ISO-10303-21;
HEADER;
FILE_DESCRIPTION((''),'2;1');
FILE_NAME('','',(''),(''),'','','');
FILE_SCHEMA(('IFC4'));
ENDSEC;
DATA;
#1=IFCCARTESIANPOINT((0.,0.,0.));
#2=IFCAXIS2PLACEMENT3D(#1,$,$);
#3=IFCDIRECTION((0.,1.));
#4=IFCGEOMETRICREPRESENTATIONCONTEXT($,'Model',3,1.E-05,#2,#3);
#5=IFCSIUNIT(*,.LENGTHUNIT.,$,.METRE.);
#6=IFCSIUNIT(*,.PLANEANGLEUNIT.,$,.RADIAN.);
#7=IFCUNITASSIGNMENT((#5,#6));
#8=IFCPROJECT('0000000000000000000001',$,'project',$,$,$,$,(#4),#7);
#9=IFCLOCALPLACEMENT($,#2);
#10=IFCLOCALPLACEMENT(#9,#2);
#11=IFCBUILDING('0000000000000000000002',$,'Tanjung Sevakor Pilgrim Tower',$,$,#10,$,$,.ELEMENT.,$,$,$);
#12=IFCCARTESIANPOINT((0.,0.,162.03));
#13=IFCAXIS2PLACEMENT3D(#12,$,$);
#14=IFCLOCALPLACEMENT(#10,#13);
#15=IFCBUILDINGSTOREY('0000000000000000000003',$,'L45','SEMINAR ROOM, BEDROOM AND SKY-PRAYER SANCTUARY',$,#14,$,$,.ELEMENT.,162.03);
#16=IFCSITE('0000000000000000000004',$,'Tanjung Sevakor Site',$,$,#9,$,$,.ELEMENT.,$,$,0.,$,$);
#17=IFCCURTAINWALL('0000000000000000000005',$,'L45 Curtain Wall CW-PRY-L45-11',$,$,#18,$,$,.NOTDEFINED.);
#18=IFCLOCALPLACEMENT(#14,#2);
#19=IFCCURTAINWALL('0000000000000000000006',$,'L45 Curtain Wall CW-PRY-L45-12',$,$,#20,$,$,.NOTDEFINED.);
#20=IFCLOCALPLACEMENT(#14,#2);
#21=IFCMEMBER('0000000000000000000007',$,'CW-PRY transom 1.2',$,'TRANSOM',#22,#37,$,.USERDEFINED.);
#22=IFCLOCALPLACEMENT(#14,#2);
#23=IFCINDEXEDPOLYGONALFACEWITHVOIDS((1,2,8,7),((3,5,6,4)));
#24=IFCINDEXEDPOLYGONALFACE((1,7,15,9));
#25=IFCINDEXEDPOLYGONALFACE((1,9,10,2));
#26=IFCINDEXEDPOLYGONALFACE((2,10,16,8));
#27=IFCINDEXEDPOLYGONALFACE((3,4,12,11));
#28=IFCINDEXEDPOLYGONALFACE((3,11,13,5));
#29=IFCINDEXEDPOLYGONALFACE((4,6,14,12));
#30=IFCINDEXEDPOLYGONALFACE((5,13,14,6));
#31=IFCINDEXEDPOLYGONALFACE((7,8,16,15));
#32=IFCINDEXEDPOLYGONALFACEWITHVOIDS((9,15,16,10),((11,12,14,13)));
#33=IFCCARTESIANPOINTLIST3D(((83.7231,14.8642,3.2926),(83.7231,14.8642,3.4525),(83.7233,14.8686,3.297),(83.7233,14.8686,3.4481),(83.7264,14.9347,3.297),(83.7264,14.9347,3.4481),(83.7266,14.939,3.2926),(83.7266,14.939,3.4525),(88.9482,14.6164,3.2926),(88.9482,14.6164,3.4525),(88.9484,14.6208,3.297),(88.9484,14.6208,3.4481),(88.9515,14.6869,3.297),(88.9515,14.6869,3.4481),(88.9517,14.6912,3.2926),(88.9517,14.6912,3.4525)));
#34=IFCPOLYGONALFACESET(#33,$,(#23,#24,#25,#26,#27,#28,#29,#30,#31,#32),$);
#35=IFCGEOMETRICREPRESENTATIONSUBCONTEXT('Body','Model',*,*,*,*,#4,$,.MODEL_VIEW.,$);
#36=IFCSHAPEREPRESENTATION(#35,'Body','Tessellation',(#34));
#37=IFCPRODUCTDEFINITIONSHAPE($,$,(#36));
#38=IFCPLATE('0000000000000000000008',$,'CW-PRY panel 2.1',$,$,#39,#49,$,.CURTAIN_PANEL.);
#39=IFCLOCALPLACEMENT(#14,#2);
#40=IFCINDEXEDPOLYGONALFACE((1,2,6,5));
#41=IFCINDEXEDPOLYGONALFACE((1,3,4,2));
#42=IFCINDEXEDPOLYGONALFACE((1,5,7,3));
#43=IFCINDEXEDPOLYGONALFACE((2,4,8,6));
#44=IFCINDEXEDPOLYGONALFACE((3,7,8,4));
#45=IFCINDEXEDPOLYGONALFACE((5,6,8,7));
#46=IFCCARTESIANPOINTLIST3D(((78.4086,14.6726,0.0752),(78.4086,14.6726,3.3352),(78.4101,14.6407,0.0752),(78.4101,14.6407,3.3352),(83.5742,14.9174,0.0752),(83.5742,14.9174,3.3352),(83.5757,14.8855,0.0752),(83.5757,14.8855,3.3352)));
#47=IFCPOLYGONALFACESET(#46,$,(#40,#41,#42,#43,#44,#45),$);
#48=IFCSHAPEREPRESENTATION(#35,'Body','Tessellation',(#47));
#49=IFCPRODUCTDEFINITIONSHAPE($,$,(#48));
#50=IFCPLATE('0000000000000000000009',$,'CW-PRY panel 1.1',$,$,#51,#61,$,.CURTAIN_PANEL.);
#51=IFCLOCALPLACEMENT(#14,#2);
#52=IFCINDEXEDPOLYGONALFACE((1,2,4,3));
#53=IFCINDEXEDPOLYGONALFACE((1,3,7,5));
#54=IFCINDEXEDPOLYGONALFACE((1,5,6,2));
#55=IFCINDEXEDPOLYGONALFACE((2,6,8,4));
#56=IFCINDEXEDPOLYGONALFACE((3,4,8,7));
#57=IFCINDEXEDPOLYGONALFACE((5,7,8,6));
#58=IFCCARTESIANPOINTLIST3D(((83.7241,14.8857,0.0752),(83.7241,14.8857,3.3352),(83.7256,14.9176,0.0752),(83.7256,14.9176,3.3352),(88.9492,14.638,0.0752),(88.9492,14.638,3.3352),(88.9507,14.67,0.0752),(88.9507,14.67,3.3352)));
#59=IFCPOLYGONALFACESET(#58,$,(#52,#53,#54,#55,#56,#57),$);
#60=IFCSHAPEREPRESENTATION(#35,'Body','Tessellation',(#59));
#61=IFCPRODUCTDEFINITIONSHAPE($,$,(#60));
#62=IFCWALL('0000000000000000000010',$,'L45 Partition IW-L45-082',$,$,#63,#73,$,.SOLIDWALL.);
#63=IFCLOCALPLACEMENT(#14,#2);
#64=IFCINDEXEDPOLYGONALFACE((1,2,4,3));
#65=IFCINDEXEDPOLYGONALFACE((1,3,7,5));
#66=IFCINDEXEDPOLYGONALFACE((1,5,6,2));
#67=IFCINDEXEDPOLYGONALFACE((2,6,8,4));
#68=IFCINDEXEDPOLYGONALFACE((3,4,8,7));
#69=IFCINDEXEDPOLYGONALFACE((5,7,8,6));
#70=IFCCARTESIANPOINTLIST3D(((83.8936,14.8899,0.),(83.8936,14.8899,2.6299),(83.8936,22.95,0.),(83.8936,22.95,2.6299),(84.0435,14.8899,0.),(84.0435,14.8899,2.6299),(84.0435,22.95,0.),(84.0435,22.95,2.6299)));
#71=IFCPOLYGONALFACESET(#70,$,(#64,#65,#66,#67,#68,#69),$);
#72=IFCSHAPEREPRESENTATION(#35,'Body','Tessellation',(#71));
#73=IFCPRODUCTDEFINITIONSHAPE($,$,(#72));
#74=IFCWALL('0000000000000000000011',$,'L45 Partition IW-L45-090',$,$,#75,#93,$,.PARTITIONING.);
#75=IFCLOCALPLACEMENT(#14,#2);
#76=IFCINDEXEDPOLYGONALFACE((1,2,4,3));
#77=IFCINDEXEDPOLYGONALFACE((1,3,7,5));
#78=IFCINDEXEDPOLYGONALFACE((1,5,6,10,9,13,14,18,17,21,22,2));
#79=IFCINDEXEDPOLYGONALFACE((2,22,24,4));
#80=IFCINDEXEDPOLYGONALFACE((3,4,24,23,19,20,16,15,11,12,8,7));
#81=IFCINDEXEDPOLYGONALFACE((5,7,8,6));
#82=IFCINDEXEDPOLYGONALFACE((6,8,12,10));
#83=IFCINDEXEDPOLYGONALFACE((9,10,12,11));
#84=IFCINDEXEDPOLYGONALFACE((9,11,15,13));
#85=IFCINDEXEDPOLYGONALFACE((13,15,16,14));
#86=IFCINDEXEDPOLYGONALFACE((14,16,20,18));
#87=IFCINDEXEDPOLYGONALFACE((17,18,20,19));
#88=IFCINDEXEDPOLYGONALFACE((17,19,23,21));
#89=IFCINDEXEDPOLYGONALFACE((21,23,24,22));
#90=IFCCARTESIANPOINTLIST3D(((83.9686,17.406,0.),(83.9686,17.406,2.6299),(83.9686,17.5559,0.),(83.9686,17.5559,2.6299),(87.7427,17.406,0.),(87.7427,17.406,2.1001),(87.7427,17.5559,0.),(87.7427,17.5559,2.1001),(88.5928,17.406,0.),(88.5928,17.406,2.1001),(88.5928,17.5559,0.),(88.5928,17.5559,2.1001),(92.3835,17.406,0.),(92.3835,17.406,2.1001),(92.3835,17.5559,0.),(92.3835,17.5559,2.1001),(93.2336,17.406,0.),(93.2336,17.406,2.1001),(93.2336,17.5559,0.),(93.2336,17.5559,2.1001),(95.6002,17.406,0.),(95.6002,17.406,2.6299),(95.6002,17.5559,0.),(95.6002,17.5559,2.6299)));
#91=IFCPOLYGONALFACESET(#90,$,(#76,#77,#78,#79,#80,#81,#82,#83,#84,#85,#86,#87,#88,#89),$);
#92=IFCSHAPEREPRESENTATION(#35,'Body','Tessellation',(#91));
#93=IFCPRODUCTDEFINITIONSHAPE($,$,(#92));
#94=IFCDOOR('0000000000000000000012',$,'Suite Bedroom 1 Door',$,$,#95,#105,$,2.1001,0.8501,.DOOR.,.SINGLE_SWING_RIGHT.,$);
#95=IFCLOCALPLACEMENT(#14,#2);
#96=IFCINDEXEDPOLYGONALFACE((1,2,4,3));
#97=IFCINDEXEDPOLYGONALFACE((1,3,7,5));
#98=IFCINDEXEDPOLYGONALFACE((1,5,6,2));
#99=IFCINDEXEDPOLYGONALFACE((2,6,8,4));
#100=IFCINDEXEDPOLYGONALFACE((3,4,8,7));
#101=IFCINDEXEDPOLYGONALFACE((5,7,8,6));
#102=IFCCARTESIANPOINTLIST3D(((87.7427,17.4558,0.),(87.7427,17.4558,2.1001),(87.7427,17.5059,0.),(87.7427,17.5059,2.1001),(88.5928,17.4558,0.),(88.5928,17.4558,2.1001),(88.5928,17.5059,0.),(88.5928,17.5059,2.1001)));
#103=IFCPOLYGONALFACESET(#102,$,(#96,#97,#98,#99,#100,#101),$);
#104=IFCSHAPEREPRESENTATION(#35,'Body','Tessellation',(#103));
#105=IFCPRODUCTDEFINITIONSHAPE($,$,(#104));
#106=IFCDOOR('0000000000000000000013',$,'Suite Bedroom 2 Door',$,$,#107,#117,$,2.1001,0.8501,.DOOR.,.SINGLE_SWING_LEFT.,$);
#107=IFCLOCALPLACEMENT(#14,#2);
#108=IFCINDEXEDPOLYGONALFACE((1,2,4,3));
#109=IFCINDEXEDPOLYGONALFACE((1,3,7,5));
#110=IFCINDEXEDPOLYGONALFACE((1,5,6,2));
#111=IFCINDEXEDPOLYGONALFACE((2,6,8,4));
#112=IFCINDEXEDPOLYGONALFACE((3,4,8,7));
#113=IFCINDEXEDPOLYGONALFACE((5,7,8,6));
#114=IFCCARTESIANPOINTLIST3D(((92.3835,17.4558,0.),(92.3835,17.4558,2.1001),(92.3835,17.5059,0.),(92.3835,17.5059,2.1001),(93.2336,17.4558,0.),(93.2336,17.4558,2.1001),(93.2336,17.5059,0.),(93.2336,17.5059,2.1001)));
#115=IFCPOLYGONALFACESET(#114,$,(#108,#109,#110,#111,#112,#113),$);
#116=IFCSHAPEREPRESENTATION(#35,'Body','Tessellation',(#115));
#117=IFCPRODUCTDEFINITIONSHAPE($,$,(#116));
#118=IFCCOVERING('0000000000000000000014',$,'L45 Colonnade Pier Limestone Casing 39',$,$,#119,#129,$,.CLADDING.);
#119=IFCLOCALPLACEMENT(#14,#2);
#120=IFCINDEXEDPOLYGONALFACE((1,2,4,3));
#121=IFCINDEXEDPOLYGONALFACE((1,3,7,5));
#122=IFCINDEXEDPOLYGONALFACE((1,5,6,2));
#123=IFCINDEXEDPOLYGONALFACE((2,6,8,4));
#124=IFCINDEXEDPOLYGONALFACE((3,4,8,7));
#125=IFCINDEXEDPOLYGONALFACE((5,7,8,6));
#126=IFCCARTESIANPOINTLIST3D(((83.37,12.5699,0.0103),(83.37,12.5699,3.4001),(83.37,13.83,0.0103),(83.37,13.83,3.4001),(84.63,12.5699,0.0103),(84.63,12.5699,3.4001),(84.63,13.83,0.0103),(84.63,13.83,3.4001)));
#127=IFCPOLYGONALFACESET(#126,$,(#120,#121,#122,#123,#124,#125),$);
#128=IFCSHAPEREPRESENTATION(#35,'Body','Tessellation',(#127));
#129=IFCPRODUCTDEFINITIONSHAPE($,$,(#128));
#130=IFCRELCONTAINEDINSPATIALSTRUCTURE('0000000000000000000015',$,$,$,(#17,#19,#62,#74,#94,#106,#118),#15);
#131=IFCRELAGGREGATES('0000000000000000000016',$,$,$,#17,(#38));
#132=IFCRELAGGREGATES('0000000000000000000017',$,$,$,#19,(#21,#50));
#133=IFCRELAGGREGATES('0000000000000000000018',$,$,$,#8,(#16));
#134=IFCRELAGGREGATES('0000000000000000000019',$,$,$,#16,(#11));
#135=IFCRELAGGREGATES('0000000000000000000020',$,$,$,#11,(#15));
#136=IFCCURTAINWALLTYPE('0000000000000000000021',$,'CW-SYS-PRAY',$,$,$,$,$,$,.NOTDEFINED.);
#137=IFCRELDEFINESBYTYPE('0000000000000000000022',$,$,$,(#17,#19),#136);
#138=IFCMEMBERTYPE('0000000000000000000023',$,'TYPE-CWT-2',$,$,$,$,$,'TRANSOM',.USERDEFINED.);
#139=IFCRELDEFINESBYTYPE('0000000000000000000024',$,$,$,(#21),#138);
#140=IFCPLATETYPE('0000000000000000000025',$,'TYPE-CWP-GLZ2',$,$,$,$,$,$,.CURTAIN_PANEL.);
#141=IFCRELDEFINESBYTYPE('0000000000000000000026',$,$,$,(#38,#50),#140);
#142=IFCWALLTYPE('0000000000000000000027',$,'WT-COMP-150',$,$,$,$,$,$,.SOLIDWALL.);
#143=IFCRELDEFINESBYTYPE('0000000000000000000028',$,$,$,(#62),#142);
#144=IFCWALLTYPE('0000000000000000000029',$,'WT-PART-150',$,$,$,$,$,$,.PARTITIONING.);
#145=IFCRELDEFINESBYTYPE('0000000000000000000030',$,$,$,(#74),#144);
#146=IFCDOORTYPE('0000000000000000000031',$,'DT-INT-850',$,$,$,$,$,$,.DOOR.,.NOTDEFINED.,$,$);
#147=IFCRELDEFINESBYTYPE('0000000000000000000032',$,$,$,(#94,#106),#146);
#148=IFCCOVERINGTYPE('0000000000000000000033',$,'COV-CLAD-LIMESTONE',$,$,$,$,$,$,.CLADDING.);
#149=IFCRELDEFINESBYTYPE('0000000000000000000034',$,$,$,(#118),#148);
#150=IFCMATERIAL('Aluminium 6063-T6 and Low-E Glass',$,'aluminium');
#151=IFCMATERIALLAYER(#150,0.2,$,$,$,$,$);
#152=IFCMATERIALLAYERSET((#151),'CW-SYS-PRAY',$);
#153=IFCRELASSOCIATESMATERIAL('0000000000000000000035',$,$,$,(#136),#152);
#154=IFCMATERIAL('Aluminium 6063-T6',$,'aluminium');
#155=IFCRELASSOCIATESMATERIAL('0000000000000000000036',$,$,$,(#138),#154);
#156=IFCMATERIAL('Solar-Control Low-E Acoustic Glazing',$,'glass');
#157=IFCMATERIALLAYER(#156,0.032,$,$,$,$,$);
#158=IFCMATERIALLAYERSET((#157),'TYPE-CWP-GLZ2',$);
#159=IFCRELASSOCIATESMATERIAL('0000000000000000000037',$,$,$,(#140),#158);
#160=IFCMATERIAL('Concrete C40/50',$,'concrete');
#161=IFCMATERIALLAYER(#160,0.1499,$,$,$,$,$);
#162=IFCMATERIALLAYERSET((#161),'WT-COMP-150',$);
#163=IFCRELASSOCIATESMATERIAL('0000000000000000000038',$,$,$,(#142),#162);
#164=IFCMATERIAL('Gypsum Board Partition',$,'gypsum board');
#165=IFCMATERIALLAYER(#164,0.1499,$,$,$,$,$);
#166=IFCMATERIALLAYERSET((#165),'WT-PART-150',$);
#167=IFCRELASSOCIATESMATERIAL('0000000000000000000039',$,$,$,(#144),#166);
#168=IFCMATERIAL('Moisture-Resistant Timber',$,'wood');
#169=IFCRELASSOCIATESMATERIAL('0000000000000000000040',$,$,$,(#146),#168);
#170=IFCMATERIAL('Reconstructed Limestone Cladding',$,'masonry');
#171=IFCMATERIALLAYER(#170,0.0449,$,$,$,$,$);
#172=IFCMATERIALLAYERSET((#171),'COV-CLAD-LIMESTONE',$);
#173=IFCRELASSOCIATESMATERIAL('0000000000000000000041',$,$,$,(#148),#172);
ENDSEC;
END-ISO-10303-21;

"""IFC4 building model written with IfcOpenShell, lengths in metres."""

from ifc_helpers import new_model, si_unit, direction, frame, frame_2d, origin, origin_2d, place, context, subcontext, project, spatial, rectangle, hollow_rectangle, extrude, material, layer, layer_set, material_profile, profile_set, type_object, element, fill, aggregate, save


model = new_model("IFC4")

# Units and contexts
model_context = context("Model", 3, precision=1e-05, world=origin(), true_north=direction((0.0, 1.0)))
body_context = subcontext(model_context, "Body", "Model", "MODEL_VIEW")
ifc_project = project(units=[si_unit("LENGTHUNIT", "METRE"), si_unit("PLANEANGLEUNIT", "RADIAN")], contexts=[model_context])

# Site, building, storey
site_placement = place(None, origin())
site = spatial("IfcSite", under=ifc_project, at=site_placement, Name="Tanjung Sevakor Site", CompositionType="ELEMENT", RefElevation=0.0)
building_placement = place(site_placement, origin())
building = spatial("IfcBuilding", under=site, at=building_placement, Name="Tanjung Sevakor Pilgrim Tower", CompositionType="ELEMENT")
storey_placement = place(building_placement, frame((0.0, 0.0, 162.03)))
storey = spatial("IfcBuildingStorey", under=building, at=storey_placement, Name="L45", Description="SEMINAR ROOM, BEDROOM AND SKY-PRAYER SANCTUARY", CompositionType="ELEMENT", Elevation=162.03)

# Curtain wall
ifc_material_1 = material(Name="Aluminium 6063-T6 and Low-E Glass", Category="aluminium")
ifc_layer_1 = layer(ifc_material_1, 0.2)
ifc_layer_set_1 = layer_set([ifc_layer_1], Name="CW-SYS-PRAY")
curtain_wall_type = type_object("IfcCurtainWallType", Name="CW-SYS-PRAY", PredefinedType="NOTDEFINED", material=ifc_layer_set_1)
curtain_wall_1_placement = place(storey_placement, origin())
curtain_wall_1 = element("IfcCurtainWall", 1, at=curtain_wall_1_placement, inside=storey, type_object=curtain_wall_type, Name="L45 Curtain Wall CW-PRY-L45-11", PredefinedType="NOTDEFINED")

# Curtain wall
curtain_wall_2_placement = place(storey_placement, origin())
curtain_wall_2 = element("IfcCurtainWall", 2, at=curtain_wall_2_placement, inside=storey, type_object=curtain_wall_type, Name="L45 Curtain Wall CW-PRY-L45-12", PredefinedType="NOTDEFINED")

# Member
ifc_material_2 = material(Name="Aluminium 6063-T6", Category="aluminium")
ifc_material_profile_1 = material_profile(ifc_material_2, hollow_rectangle(XDim=0.075, YDim=0.1599, WallThickness=0.0044, at=origin_2d()))
ifc_profile_set_1 = profile_set([ifc_material_profile_1], Name="Aluminium 6063-T6")
member_type_1 = type_object("IfcMemberType", Name="TYPE-CWT-2", ElementType="TRANSOM", PredefinedType="USERDEFINED", material=ifc_profile_set_1)
member_1_placement = place(storey_placement, frame((83.7249, 14.9016, 3.3726), z_axis=(0.998877, -0.047372, 0.0), x_axis=(0.047372, 0.998877, 0.0)))
member_1 = element("IfcMember", 3, at=member_1_placement, type_object=member_type_1, Name="CW-PRY transom 1.2", ObjectType="TRANSOM", PredefinedType="USERDEFINED", context=body_context, shape_type="SweptSolid", body=[
    extrude(hollow_rectangle(XDim=0.075, YDim=0.1599, WallThickness=0.0044, at=origin_2d()), origin(), (0.0, 0.0, 1.0), 5.231),
])

# Plates
ifc_material_3 = material(Name="Solar-Control Low-E Acoustic Glazing", Category="glass")
ifc_layer_2 = layer(ifc_material_3, 0.032)
ifc_layer_set_2 = layer_set([ifc_layer_2], Name="TYPE-CWP-GLZ2")
plate_type = type_object("IfcPlateType", Name="TYPE-CWP-GLZ2", PredefinedType="CURTAIN_PANEL", material=ifc_layer_set_2)
plate_1_placement = place(storey_placement, frame((80.9922, 14.7791, 0.0752), z_axis=(0.0, 0.0, 1.0), x_axis=(0.998879, 0.047333, 0.0)))
plate_1 = element("IfcPlate", 4, at=plate_1_placement, type_object=plate_type, Name="CW-PRY panel 2.1", PredefinedType="CURTAIN_PANEL", context=body_context, shape_type="SweptSolid", body=[
    extrude(rectangle(XDim=5.1714, YDim=0.032, at=origin_2d()), origin(), (0.0, 0.0, 1.0), 3.26),
])
aggregate(curtain_wall_1, [plate_1])
plate_2_placement = place(storey_placement, frame((86.3374, 14.7778, 0.0752), z_axis=(0.0, 0.0, 1.0), x_axis=(0.998879, -0.047338, 0.0)))
plate_2 = element("IfcPlate", 5, at=plate_2_placement, type_object=plate_type, Name="CW-PRY panel 1.1", PredefinedType="CURTAIN_PANEL", context=body_context, shape_type="SweptSolid", body=[
    extrude(rectangle(XDim=5.231, YDim=0.032, at=origin_2d()), origin(), (0.0, 0.0, 1.0), 3.26),
])
aggregate(curtain_wall_2, [member_1, plate_2])

# Wall
ifc_material_4 = material(Name="Concrete C40/50", Category="concrete")
ifc_layer_3 = layer(ifc_material_4, 0.1499)
ifc_layer_set_3 = layer_set([ifc_layer_3], Name="WT-COMP-150")
wall_type_1 = type_object("IfcWallType", Name="WT-COMP-150", PredefinedType="SOLIDWALL", material=ifc_layer_set_3)
wall_1_placement = place(storey_placement, frame((83.9685, 14.8899, 0.0), z_axis=(0.0, 0.0, 1.0), x_axis=(0.0, 1.0, 0.0)))
element("IfcWall", 6, at=wall_1_placement, inside=storey, type_object=wall_type_1, Name="L45 Partition IW-L45-082", PredefinedType="SOLIDWALL", context=body_context, shape_type="SweptSolid", body=[
    extrude(rectangle(XDim=8.0601, YDim=0.1499, at=frame_2d((4.03, 0.0))), origin(), (0.0, 0.0, 1.0), 2.6299),
])

# Wall, openings, doors
ifc_material_5 = material(Name="Gypsum Board Partition", Category="gypsum board")
ifc_layer_4 = layer(ifc_material_5, 0.1499)
ifc_layer_set_4 = layer_set([ifc_layer_4], Name="WT-PART-150")
wall_type_2 = type_object("IfcWallType", Name="WT-PART-150", PredefinedType="PARTITIONING", material=ifc_layer_set_4)
wall_2_placement = place(storey_placement, frame((83.9685, 17.481, 0.0), z_axis=(0.0, 0.0, 1.0), x_axis=(1.0, 0.0, 0.0)))
wall_2 = element("IfcWall", 7, at=wall_2_placement, inside=storey, type_object=wall_type_2, Name="L45 Partition IW-L45-090", PredefinedType="PARTITIONING", context=body_context, shape_type="SweptSolid", body=[
    extrude(rectangle(XDim=11.6316, YDim=0.1499, at=frame_2d((5.8159, 0.0))), origin(), (0.0, 0.0, 1.0), 2.6299),
])
opening_1_placement = place(wall_2_placement, frame((3.7742, 0.0, 0.0)))
opening_1 = element("IfcOpeningElement", 8, at=opening_1_placement, cuts=wall_2, PredefinedType="OPENING", context=body_context, shape_type="SweptSolid", body=[
    extrude(rectangle(XDim=0.8501, YDim=2.1001, at=frame_2d((0.425, 1.05))), frame((0.0, 0.085, 0.0), z_axis=(0.0, -1.0, 0.0), x_axis=(1.0, 0.0, 0.0)), (0.0, 0.0, 1.0), 0.1699),
])
opening_2_placement = place(wall_2_placement, frame((8.415, 0.0, 0.0)))
opening_2 = element("IfcOpeningElement", 9, at=opening_2_placement, cuts=wall_2, PredefinedType="OPENING", context=body_context, shape_type="SweptSolid", body=[
    extrude(rectangle(XDim=0.8501, YDim=2.1001, at=frame_2d((0.425, 1.05))), frame((0.0, 0.085, 0.0), z_axis=(0.0, -1.0, 0.0), x_axis=(1.0, 0.0, 0.0)), (0.0, 0.0, 1.0), 0.1699),
])
ifc_material_6 = material(Name="Moisture-Resistant Timber", Category="wood")
door_type = type_object("IfcDoorType", Name="DT-INT-850", OperationType="NOTDEFINED", PredefinedType="DOOR", material=ifc_material_6)
door_1_placement = place(opening_1_placement, origin())
door_1 = element("IfcDoor", 10, at=door_1_placement, inside=storey, type_object=door_type, Name="Suite Bedroom 1 Door", OperationType="SINGLE_SWING_RIGHT", OverallHeight=2.1001, OverallWidth=0.8501, PredefinedType="DOOR", context=body_context, shape_type="SweptSolid", body=[
    extrude(rectangle(XDim=0.8501, YDim=2.1001, at=frame_2d((0.425, 1.05))), frame((0.0, 0.0249, 0.0), z_axis=(0.0, -1.0, 0.0), x_axis=(1.0, 0.0, 0.0)), (0.0, 0.0, 1.0), 0.05),
])
fill(opening_1, door_1)
door_2_placement = place(opening_2_placement, origin())
door_2 = element("IfcDoor", 11, at=door_2_placement, inside=storey, type_object=door_type, Name="Suite Bedroom 2 Door", OperationType="SINGLE_SWING_LEFT", OverallHeight=2.1001, OverallWidth=0.8501, PredefinedType="DOOR", context=body_context, shape_type="SweptSolid", body=[
    extrude(rectangle(XDim=0.8501, YDim=2.1001, at=frame_2d((0.425, 1.05))), frame((0.0, 0.0249, 0.0), z_axis=(0.0, -1.0, 0.0), x_axis=(1.0, 0.0, 0.0)), (0.0, 0.0, 1.0), 0.05),
])
fill(opening_2, door_2)

# Covering
ifc_material_7 = material(Name="Reconstructed Limestone Cladding", Category="masonry")
ifc_layer_5 = layer(ifc_material_7, 0.0449)
ifc_layer_set_5 = layer_set([ifc_layer_5], Name="COV-CLAD-LIMESTONE")
covering_type = type_object("IfcCoveringType", Name="COV-CLAD-LIMESTONE", PredefinedType="CLADDING", material=ifc_layer_set_5)
covering_placement = place(storey_placement, frame((84.0, 13.2, 0.0103), z_axis=(0.0, 0.0, 1.0), x_axis=(1.0, 0.0, 0.0)))
element("IfcCovering", 12, at=covering_placement, inside=storey, type_object=covering_type, Name="L45 Colonnade Pier Limestone Casing 39", PredefinedType="CLADDING", context=body_context, shape_type="SweptSolid", body=[
    extrude(rectangle(XDim=1.26, YDim=1.26, at=origin_2d()), origin(), (0.0, 0.0, 1.0), 3.3899),
])

save(model, "model.ifc")
